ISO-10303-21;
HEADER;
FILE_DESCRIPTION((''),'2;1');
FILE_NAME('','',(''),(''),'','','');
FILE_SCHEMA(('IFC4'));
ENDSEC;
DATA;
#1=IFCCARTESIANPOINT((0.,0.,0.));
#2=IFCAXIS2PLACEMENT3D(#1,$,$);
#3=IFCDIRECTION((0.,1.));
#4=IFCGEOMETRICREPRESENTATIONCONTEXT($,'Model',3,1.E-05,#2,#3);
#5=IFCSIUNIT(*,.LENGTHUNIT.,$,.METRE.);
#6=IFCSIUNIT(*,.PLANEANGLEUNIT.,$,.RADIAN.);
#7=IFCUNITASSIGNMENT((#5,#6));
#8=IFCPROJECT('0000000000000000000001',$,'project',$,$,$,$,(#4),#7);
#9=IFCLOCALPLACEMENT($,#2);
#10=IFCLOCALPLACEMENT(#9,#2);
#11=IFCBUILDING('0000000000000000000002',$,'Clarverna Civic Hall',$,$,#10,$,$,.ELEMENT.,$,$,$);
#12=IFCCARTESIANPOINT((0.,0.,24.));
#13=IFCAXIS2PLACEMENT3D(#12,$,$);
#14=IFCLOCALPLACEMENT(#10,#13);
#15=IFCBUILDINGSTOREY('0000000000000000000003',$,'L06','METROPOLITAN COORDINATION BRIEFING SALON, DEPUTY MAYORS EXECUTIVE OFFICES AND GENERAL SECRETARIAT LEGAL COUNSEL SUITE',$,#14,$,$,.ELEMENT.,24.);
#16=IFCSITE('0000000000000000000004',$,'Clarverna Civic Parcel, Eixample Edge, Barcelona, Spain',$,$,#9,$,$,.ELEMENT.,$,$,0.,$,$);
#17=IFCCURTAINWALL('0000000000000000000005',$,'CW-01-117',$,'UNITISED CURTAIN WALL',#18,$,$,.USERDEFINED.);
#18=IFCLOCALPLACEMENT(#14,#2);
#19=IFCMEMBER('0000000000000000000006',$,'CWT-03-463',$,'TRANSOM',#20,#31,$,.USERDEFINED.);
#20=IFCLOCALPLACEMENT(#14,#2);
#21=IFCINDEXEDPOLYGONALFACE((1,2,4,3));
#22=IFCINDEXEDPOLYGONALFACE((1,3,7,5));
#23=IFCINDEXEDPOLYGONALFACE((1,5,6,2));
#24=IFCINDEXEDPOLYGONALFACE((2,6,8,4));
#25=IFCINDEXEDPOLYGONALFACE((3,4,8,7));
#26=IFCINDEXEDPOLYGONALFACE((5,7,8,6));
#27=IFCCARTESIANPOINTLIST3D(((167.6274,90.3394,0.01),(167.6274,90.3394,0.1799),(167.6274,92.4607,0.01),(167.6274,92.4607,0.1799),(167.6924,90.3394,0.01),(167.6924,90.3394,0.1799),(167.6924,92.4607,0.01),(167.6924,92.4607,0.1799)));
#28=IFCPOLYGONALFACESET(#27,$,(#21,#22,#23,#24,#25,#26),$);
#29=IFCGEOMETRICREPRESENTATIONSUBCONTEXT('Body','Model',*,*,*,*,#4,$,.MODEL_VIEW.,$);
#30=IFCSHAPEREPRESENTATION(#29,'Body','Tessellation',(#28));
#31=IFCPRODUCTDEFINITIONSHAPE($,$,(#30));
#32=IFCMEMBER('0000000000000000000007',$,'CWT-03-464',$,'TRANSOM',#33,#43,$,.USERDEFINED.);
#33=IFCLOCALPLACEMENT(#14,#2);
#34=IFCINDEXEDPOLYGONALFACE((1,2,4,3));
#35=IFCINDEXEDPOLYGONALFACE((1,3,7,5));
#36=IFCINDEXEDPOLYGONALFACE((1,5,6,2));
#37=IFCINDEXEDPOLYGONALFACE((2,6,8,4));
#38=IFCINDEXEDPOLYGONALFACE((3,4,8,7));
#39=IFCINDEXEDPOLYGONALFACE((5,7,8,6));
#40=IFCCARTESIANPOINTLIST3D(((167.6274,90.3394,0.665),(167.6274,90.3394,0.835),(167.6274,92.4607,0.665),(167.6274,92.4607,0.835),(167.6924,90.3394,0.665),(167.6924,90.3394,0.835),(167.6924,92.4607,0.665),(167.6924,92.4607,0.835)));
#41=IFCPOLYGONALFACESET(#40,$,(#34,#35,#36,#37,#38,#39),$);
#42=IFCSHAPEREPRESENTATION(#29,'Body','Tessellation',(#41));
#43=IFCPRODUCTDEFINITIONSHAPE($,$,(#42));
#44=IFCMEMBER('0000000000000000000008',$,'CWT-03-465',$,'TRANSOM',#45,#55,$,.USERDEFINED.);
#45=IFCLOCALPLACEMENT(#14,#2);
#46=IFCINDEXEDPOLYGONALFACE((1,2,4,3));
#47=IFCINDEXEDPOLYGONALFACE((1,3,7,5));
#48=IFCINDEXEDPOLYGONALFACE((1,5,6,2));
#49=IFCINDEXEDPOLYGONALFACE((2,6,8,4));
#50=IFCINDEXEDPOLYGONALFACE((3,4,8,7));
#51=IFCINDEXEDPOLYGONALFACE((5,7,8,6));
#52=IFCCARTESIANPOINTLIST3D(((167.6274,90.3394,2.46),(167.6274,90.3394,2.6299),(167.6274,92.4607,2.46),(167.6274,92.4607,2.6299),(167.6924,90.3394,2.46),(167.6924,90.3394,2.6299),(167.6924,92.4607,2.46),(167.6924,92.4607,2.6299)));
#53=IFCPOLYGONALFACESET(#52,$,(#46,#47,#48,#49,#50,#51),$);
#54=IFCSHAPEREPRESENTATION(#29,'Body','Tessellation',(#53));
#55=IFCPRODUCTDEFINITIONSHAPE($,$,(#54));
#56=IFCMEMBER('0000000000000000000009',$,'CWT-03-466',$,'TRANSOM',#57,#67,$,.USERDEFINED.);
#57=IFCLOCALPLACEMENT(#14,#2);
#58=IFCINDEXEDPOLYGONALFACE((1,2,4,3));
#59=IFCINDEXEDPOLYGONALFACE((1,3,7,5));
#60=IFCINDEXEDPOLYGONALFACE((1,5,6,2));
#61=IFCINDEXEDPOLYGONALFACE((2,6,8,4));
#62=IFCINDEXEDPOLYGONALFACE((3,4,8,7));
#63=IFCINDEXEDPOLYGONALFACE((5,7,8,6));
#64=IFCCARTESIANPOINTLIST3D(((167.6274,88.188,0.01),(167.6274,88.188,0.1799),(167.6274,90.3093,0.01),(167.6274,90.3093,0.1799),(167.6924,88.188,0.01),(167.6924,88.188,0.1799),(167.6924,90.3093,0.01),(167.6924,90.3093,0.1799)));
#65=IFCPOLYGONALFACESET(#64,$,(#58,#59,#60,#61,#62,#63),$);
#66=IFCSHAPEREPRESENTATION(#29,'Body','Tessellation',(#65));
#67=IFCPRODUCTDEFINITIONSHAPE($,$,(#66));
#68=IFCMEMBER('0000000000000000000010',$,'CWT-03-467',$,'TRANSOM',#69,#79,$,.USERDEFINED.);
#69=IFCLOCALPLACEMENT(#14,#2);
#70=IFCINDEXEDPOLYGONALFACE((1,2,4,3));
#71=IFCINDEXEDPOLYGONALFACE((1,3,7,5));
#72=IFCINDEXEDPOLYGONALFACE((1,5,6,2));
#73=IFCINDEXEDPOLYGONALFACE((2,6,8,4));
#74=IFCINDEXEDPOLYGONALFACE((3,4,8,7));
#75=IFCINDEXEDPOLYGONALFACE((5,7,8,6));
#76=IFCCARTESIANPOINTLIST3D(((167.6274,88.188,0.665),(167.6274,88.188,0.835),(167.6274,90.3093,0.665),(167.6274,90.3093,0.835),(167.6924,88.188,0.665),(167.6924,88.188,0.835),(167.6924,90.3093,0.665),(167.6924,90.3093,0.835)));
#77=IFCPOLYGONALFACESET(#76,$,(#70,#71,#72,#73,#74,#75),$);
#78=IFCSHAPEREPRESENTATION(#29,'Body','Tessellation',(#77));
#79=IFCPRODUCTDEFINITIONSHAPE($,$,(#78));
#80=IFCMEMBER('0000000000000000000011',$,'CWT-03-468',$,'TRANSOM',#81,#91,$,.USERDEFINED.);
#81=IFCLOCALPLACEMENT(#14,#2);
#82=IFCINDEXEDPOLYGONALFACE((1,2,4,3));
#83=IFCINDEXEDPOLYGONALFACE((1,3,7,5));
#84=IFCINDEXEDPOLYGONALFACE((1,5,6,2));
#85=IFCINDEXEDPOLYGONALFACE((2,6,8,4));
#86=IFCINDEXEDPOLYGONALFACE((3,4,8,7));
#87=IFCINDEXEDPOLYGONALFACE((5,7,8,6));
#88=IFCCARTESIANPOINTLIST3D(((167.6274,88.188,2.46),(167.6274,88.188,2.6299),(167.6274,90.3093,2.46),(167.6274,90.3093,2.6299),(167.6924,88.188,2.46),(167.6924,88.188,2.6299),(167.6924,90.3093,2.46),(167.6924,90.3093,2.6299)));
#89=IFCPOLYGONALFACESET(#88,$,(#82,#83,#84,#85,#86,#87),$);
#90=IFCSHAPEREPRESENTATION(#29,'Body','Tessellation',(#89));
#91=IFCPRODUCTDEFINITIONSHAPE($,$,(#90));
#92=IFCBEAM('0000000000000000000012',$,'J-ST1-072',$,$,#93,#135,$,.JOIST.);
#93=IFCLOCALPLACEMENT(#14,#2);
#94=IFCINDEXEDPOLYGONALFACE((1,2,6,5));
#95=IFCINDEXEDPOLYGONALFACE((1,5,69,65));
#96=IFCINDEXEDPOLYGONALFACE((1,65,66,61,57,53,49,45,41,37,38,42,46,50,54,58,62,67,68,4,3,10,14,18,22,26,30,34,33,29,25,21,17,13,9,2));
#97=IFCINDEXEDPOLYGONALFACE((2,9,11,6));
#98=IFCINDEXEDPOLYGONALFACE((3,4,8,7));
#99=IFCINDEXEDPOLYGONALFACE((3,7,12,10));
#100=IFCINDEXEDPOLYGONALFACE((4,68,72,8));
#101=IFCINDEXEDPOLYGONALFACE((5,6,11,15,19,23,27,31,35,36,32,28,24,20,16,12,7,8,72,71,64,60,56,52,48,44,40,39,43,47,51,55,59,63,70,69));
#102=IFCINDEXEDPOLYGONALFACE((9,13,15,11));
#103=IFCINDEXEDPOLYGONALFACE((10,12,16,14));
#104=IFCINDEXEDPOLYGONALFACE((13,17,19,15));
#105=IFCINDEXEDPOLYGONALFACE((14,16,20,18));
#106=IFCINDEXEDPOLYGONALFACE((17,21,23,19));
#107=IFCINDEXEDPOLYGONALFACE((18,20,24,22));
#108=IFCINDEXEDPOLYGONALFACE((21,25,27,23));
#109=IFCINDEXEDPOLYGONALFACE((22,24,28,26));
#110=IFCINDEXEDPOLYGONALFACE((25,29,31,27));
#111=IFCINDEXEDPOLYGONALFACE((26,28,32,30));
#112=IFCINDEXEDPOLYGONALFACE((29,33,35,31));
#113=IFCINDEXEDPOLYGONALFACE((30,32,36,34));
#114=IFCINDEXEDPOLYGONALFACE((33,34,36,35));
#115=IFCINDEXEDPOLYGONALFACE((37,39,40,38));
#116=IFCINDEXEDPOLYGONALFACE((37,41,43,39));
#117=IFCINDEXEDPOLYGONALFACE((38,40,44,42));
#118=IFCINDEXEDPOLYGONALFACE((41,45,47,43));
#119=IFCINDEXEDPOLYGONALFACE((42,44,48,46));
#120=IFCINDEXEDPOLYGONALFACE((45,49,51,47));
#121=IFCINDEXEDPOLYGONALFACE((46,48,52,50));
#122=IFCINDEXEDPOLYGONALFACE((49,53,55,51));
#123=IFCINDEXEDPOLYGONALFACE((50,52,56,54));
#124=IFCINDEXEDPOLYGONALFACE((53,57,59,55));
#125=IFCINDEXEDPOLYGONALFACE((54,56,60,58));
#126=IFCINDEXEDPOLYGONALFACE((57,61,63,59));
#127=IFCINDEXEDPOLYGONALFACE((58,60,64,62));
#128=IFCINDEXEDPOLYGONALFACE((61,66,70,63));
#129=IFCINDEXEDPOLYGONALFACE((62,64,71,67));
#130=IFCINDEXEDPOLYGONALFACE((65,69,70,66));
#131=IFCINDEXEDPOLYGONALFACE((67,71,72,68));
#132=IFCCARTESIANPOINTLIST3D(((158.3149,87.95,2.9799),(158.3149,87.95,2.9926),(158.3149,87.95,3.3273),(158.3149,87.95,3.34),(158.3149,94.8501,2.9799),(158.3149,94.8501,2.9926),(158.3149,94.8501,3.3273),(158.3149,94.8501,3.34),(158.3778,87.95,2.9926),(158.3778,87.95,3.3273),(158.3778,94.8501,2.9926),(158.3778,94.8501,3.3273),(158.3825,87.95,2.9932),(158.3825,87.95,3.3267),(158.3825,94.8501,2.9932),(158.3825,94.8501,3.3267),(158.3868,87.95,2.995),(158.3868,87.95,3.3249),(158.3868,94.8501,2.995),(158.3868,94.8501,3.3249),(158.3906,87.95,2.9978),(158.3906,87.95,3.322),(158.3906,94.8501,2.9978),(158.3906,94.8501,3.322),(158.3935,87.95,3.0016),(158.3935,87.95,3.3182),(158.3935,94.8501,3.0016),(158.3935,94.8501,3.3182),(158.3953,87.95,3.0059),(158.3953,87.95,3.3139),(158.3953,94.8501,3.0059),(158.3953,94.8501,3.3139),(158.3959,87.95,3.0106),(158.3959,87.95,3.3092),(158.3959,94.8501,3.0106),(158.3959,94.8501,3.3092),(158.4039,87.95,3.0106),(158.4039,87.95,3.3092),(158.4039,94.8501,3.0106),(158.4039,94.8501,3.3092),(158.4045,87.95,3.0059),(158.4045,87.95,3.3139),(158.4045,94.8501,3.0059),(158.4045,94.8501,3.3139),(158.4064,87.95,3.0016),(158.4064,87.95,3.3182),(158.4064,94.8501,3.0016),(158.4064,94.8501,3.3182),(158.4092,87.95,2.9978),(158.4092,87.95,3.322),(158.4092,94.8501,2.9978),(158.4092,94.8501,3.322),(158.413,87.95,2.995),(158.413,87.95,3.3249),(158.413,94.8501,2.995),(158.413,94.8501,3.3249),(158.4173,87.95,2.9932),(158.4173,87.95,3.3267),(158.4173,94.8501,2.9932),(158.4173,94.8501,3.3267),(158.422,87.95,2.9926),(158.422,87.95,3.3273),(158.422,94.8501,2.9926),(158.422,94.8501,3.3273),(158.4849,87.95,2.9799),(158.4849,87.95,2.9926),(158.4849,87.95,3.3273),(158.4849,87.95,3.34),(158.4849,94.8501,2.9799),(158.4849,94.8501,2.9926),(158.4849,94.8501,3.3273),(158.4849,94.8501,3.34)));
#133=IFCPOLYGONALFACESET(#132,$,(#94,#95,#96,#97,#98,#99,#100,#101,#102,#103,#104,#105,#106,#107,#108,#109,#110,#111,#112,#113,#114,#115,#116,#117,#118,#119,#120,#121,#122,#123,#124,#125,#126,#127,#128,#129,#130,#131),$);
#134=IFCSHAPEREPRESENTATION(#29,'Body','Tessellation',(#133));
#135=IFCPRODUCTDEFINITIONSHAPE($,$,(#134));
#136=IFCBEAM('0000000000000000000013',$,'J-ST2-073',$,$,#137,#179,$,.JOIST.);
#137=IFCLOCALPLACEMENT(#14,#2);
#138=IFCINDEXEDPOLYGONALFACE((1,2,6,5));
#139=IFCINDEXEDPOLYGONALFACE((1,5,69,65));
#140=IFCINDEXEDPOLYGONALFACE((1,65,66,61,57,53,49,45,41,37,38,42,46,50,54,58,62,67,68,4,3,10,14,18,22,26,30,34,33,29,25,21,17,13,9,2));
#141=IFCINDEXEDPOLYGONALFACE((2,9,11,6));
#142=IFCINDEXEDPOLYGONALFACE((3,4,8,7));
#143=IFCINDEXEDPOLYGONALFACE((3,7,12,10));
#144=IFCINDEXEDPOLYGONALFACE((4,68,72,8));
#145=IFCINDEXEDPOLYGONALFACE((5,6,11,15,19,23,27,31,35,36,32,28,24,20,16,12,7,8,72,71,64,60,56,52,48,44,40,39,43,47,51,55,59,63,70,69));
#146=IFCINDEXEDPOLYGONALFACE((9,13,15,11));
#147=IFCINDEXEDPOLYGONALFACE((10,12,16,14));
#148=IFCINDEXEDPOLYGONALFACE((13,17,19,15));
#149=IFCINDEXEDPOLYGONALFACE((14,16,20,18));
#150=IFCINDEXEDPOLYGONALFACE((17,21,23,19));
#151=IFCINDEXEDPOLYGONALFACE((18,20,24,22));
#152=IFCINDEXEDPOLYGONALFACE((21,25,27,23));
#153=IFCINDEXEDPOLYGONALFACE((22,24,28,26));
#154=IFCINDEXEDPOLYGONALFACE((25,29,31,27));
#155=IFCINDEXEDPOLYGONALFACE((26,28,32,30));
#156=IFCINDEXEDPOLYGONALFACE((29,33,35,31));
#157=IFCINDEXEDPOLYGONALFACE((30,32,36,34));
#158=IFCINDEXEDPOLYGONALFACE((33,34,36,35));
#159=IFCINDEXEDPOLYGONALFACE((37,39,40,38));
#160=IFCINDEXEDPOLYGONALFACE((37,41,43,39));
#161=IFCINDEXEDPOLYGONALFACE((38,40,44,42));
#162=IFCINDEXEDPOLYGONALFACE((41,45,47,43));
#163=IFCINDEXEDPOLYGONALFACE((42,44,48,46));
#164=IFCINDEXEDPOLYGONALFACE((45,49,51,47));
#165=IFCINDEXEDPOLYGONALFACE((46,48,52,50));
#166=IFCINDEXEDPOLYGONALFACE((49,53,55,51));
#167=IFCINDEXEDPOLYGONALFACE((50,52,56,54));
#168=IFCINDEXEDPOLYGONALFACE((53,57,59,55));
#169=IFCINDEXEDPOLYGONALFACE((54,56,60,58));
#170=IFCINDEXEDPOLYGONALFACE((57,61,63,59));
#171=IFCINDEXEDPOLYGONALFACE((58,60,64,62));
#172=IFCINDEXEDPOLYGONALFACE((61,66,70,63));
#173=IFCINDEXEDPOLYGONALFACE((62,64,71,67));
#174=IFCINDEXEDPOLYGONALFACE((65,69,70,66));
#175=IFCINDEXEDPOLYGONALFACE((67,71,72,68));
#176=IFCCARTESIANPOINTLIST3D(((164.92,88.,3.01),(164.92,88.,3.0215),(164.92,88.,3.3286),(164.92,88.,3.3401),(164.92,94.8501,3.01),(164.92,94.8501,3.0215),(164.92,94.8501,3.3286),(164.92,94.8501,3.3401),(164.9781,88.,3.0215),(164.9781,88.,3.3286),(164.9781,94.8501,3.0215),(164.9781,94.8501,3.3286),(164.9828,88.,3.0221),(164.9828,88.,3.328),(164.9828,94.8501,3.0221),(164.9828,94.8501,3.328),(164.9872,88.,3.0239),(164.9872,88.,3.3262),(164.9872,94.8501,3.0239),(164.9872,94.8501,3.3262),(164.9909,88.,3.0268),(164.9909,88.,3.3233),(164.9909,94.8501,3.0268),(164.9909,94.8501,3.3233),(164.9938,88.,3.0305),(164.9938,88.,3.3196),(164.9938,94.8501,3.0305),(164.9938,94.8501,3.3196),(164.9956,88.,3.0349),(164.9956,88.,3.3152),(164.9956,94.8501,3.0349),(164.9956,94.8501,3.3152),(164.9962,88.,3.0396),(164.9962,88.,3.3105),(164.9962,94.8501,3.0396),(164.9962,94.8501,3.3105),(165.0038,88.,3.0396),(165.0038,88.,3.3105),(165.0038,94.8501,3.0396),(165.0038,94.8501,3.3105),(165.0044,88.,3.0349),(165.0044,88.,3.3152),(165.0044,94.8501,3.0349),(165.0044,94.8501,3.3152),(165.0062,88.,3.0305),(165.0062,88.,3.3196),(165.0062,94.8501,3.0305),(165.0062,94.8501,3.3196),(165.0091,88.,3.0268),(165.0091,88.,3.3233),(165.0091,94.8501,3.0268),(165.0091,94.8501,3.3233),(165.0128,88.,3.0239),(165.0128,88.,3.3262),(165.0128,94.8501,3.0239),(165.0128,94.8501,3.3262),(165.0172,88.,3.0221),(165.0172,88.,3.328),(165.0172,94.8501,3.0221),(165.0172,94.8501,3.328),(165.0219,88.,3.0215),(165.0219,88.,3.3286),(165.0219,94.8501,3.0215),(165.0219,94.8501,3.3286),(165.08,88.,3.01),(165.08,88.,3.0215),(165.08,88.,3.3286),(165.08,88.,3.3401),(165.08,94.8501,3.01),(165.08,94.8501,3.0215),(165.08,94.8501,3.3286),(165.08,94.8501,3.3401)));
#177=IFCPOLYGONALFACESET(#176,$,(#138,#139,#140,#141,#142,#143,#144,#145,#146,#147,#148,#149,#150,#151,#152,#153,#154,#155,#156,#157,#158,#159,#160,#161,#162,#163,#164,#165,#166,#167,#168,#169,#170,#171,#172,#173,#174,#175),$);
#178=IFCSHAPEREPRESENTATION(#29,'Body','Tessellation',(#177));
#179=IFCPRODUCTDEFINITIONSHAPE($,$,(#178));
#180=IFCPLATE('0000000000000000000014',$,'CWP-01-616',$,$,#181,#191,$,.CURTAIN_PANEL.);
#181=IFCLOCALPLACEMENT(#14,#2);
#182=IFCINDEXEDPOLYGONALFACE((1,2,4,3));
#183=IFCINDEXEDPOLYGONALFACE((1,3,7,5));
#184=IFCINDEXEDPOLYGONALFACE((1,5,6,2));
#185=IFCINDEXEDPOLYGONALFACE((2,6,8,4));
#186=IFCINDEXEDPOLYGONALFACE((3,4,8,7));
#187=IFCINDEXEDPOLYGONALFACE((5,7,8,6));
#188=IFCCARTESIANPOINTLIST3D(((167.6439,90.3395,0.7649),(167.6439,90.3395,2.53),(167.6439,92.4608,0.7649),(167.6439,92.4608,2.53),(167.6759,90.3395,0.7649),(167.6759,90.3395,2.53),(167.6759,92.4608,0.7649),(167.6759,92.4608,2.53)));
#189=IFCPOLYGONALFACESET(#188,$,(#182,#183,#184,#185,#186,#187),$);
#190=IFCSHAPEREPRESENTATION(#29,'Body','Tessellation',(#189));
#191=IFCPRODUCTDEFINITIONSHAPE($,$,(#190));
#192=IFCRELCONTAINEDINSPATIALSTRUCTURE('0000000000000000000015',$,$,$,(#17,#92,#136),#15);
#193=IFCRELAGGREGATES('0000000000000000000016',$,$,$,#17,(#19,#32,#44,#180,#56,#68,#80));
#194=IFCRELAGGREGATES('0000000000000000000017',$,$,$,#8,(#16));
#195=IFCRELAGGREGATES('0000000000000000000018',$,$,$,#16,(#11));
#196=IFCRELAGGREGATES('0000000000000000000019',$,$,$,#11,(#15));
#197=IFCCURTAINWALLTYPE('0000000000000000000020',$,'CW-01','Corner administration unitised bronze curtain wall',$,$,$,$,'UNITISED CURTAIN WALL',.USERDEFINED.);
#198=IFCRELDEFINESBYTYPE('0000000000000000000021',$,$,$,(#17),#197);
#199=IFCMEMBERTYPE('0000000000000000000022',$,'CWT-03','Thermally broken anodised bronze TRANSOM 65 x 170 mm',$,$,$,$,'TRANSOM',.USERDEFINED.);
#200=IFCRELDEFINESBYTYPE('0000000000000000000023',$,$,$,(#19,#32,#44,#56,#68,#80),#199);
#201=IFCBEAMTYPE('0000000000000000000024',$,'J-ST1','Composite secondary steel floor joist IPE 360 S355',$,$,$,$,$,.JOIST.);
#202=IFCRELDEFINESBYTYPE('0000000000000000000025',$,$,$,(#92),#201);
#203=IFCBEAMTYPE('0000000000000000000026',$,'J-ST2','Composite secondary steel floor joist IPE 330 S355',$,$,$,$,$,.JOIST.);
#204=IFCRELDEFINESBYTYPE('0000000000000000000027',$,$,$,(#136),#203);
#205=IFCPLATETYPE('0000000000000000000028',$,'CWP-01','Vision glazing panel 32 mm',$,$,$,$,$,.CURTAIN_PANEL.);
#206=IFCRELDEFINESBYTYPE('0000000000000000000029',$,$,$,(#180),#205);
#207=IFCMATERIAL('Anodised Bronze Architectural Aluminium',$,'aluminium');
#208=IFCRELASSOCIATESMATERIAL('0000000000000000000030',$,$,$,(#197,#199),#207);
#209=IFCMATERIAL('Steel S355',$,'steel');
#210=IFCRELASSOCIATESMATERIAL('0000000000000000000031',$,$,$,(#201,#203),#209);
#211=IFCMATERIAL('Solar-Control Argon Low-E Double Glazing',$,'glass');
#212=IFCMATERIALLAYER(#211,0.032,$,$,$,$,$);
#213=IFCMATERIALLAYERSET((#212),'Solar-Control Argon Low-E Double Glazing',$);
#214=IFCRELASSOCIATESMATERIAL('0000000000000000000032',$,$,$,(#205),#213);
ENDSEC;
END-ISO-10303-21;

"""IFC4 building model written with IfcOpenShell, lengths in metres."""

from ifc_helpers import new_model, si_unit, direction, frame, frame_2d, origin, origin_2d, place, context, subcontext, project, spatial, rectangle, i_section, extrude, material, layer, layer_set, material_profile, profile_set, type_object, element, aggregate, save


model = new_model("IFC4")

# Units and contexts
model_context = context("Model", 3, precision=1e-05, world=origin(), true_north=direction((0.0, 1.0)))
body_context = subcontext(model_context, "Body", "Model", "MODEL_VIEW")
ifc_project = project(units=[si_unit("LENGTHUNIT", "METRE"), si_unit("PLANEANGLEUNIT", "RADIAN")], contexts=[model_context])

# Site, building, storey
site_placement = place(None, origin())
site = spatial("IfcSite", under=ifc_project, at=site_placement, Name="Clarverna Civic Parcel, Eixample Edge, Barcelona, Spain", CompositionType="ELEMENT", RefElevation=0.0)
building_placement = place(site_placement, origin())
building = spatial("IfcBuilding", under=site, at=building_placement, Name="Clarverna Civic Hall", CompositionType="ELEMENT")
storey_placement = place(building_placement, frame((0.0, 0.0, 24.0)))
storey = spatial("IfcBuildingStorey", under=building, at=storey_placement, Name="L06", Description="METROPOLITAN COORDINATION BRIEFING SALON, DEPUTY MAYORS EXECUTIVE OFFICES AND GENERAL SECRETARIAT LEGAL COUNSEL SUITE", CompositionType="ELEMENT", Elevation=24.0)

# Shared definitions
ifc_material_1 = material(Name="Steel S355", Category="steel")

# Curtain wall, members
ifc_material_2 = material(Name="Anodised Bronze Architectural Aluminium", Category="aluminium")
curtain_wall_type = type_object("IfcCurtainWallType", Name="CW-01", Description="Corner administration unitised bronze curtain wall", ElementType="UNITISED CURTAIN WALL", PredefinedType="USERDEFINED", material=ifc_material_2)
curtain_wall_placement = place(storey_placement, origin())
curtain_wall = element("IfcCurtainWall", 1, at=curtain_wall_placement, inside=storey, type_object=curtain_wall_type, Name="CW-01-117", ObjectType="UNITISED CURTAIN WALL", PredefinedType="USERDEFINED")
ifc_material_profile_1 = material_profile(ifc_material_2, rectangle(XDim=0.0649, YDim=0.1699, at=origin_2d()), Name="BRONZE 65x170")
ifc_profile_set_1 = profile_set([ifc_material_profile_1], Name="Anodised Bronze Architectural Aluminium")
member_type_1 = type_object("IfcMemberType", Name="CWT-03", Description="Thermally broken anodised bronze TRANSOM 65 x 170 mm", ElementType="TRANSOM", PredefinedType="USERDEFINED", material=ifc_profile_set_1)
member_1_placement = place(storey_placement, frame((167.6599, 92.4607, 0.095), z_axis=(0.0, -1.0, 0.0), x_axis=(1.0, 0.0, 0.0)))
member_1 = element("IfcMember", 2, at=member_1_placement, type_object=member_type_1, Name="CWT-03-463", ObjectType="TRANSOM", PredefinedType="USERDEFINED", context=body_context, shape_type="SweptSolid", body=[
    extrude(rectangle(XDim=0.0649, YDim=0.1699, at=origin_2d()), origin(), (0.0, 0.0, 1.0), 2.1213),
])
member_2_placement = place(storey_placement, frame((167.6599, 92.4607, 0.75), z_axis=(0.0, -1.0, 0.0), x_axis=(1.0, 0.0, 0.0)))
member_2 = element("IfcMember", 3, at=member_2_placement, type_object=member_type_1, Name="CWT-03-464", ObjectType="TRANSOM", PredefinedType="USERDEFINED", context=body_context, shape_type="SweptSolid", body=[
    extrude(rectangle(XDim=0.0649, YDim=0.1699, at=origin_2d()), origin(), (0.0, 0.0, 1.0), 2.1213),
])
member_3_placement = place(storey_placement, frame((167.6599, 92.4607, 2.5449), z_axis=(0.0, -1.0, 0.0), x_axis=(1.0, 0.0, 0.0)))
member_3 = element("IfcMember", 4, at=member_3_placement, type_object=member_type_1, Name="CWT-03-465", ObjectType="TRANSOM", PredefinedType="USERDEFINED", context=body_context, shape_type="SweptSolid", body=[
    extrude(rectangle(XDim=0.0649, YDim=0.1699, at=origin_2d()), origin(), (0.0, 0.0, 1.0), 2.1213),
])
member_4_placement = place(storey_placement, frame((167.6599, 90.3093, 0.095), z_axis=(0.0, -1.0, 0.0), x_axis=(1.0, 0.0, 0.0)))
member_4 = element("IfcMember", 5, at=member_4_placement, type_object=member_type_1, Name="CWT-03-466", ObjectType="TRANSOM", PredefinedType="USERDEFINED", context=body_context, shape_type="SweptSolid", body=[
    extrude(rectangle(XDim=0.0649, YDim=0.1699, at=origin_2d()), origin(), (0.0, 0.0, 1.0), 2.1213),
])
member_5_placement = place(storey_placement, frame((167.6599, 90.3093, 0.75), z_axis=(0.0, -1.0, 0.0), x_axis=(1.0, 0.0, 0.0)))
member_5 = element("IfcMember", 6, at=member_5_placement, type_object=member_type_1, Name="CWT-03-467", ObjectType="TRANSOM", PredefinedType="USERDEFINED", context=body_context, shape_type="SweptSolid", body=[
    extrude(rectangle(XDim=0.0649, YDim=0.1699, at=origin_2d()), origin(), (0.0, 0.0, 1.0), 2.1213),
])
member_6_placement = place(storey_placement, frame((167.6599, 90.3093, 2.5449), z_axis=(0.0, -1.0, 0.0), x_axis=(1.0, 0.0, 0.0)))
member_6 = element("IfcMember", 7, at=member_6_placement, type_object=member_type_1, Name="CWT-03-468", ObjectType="TRANSOM", PredefinedType="USERDEFINED", context=body_context, shape_type="SweptSolid", body=[
    extrude(rectangle(XDim=0.0649, YDim=0.1699, at=origin_2d()), origin(), (0.0, 0.0, 1.0), 2.1213),
])

# Beams
ifc_material_profile_2 = material_profile(ifc_material_1, i_section(OverallWidth=0.1699, OverallDepth=0.3601, WebThickness=0.0081, FlangeThickness=0.0127, FilletRadius=0.0181, at=origin_2d()), Name="IPE 360")
ifc_profile_set_2 = profile_set([ifc_material_profile_2], Name="Steel S355")
beam_type_1 = type_object("IfcBeamType", Name="J-ST1", Description="Composite secondary steel floor joist IPE 360 S355", PredefinedType="JOIST", material=ifc_profile_set_2)
beam_1_placement = place(storey_placement, frame((158.3999, 87.95, 3.1599), z_axis=(0.0, 1.0, 0.0), x_axis=(-1.0, 0.0, 0.0)))
element("IfcBeam", 8, at=beam_1_placement, inside=storey, type_object=beam_type_1, Name="J-ST1-072", PredefinedType="JOIST", context=body_context, shape_type="SweptSolid", body=[
    extrude(i_section(OverallWidth=0.1699, OverallDepth=0.3601, WebThickness=0.0081, FlangeThickness=0.0127, FilletRadius=0.0181, at=origin_2d()), origin(), (0.0, 0.0, 1.0), 6.9001),
])
ifc_material_profile_3 = material_profile(ifc_material_1, i_section(OverallWidth=0.1599, OverallDepth=0.3301, WebThickness=0.0076, FlangeThickness=0.0115, FilletRadius=0.0181, at=origin_2d()), Name="IPE 330")
ifc_profile_set_3 = profile_set([ifc_material_profile_3], Name="Steel S355")
beam_type_2 = type_object("IfcBeamType", Name="J-ST2", Description="Composite secondary steel floor joist IPE 330 S355", PredefinedType="JOIST", material=ifc_profile_set_3)
beam_2_placement = place(storey_placement, frame((165.0, 88.0, 3.175), z_axis=(0.0, 1.0, 0.0), x_axis=(-1.0, 0.0, 0.0)))
element("IfcBeam", 9, at=beam_2_placement, inside=storey, type_object=beam_type_2, Name="J-ST2-073", PredefinedType="JOIST", context=body_context, shape_type="SweptSolid", body=[
    extrude(i_section(OverallWidth=0.1599, OverallDepth=0.3301, WebThickness=0.0076, FlangeThickness=0.0115, FilletRadius=0.0181, at=origin_2d()), origin(), (0.0, 0.0, 1.0), 6.8501),
])

# Plate
ifc_material_3 = material(Name="Solar-Control Argon Low-E Double Glazing", Category="glass")
ifc_layer_1 = layer(ifc_material_3, 0.032)
ifc_layer_set_1 = layer_set([ifc_layer_1], Name="Solar-Control Argon Low-E Double Glazing")
plate_type_1 = type_object("IfcPlateType", Name="CWP-01", Description="Vision glazing panel 32 mm", PredefinedType="CURTAIN_PANEL", material=ifc_layer_set_1)
plate_1_placement = place(storey_placement, frame((167.6599, 92.4607, 0.7649), z_axis=(0.0, 0.0, 1.0), x_axis=(0.0, -1.0, 0.0)))
plate_1 = element("IfcPlate", 10, at=plate_1_placement, type_object=plate_type_1, Name="CWP-01-616", PredefinedType="CURTAIN_PANEL", context=body_context, shape_type="SweptSolid", body=[
    extrude(rectangle(XDim=2.1213, YDim=0.032, at=frame_2d((1.0605, 0.0))), origin(), (0.0, 0.0, 1.0), 1.7651),
])
aggregate(curtain_wall, [member_1, member_2, member_3, plate_1, member_4, member_5, member_6])

save(model, "model.ifc")
